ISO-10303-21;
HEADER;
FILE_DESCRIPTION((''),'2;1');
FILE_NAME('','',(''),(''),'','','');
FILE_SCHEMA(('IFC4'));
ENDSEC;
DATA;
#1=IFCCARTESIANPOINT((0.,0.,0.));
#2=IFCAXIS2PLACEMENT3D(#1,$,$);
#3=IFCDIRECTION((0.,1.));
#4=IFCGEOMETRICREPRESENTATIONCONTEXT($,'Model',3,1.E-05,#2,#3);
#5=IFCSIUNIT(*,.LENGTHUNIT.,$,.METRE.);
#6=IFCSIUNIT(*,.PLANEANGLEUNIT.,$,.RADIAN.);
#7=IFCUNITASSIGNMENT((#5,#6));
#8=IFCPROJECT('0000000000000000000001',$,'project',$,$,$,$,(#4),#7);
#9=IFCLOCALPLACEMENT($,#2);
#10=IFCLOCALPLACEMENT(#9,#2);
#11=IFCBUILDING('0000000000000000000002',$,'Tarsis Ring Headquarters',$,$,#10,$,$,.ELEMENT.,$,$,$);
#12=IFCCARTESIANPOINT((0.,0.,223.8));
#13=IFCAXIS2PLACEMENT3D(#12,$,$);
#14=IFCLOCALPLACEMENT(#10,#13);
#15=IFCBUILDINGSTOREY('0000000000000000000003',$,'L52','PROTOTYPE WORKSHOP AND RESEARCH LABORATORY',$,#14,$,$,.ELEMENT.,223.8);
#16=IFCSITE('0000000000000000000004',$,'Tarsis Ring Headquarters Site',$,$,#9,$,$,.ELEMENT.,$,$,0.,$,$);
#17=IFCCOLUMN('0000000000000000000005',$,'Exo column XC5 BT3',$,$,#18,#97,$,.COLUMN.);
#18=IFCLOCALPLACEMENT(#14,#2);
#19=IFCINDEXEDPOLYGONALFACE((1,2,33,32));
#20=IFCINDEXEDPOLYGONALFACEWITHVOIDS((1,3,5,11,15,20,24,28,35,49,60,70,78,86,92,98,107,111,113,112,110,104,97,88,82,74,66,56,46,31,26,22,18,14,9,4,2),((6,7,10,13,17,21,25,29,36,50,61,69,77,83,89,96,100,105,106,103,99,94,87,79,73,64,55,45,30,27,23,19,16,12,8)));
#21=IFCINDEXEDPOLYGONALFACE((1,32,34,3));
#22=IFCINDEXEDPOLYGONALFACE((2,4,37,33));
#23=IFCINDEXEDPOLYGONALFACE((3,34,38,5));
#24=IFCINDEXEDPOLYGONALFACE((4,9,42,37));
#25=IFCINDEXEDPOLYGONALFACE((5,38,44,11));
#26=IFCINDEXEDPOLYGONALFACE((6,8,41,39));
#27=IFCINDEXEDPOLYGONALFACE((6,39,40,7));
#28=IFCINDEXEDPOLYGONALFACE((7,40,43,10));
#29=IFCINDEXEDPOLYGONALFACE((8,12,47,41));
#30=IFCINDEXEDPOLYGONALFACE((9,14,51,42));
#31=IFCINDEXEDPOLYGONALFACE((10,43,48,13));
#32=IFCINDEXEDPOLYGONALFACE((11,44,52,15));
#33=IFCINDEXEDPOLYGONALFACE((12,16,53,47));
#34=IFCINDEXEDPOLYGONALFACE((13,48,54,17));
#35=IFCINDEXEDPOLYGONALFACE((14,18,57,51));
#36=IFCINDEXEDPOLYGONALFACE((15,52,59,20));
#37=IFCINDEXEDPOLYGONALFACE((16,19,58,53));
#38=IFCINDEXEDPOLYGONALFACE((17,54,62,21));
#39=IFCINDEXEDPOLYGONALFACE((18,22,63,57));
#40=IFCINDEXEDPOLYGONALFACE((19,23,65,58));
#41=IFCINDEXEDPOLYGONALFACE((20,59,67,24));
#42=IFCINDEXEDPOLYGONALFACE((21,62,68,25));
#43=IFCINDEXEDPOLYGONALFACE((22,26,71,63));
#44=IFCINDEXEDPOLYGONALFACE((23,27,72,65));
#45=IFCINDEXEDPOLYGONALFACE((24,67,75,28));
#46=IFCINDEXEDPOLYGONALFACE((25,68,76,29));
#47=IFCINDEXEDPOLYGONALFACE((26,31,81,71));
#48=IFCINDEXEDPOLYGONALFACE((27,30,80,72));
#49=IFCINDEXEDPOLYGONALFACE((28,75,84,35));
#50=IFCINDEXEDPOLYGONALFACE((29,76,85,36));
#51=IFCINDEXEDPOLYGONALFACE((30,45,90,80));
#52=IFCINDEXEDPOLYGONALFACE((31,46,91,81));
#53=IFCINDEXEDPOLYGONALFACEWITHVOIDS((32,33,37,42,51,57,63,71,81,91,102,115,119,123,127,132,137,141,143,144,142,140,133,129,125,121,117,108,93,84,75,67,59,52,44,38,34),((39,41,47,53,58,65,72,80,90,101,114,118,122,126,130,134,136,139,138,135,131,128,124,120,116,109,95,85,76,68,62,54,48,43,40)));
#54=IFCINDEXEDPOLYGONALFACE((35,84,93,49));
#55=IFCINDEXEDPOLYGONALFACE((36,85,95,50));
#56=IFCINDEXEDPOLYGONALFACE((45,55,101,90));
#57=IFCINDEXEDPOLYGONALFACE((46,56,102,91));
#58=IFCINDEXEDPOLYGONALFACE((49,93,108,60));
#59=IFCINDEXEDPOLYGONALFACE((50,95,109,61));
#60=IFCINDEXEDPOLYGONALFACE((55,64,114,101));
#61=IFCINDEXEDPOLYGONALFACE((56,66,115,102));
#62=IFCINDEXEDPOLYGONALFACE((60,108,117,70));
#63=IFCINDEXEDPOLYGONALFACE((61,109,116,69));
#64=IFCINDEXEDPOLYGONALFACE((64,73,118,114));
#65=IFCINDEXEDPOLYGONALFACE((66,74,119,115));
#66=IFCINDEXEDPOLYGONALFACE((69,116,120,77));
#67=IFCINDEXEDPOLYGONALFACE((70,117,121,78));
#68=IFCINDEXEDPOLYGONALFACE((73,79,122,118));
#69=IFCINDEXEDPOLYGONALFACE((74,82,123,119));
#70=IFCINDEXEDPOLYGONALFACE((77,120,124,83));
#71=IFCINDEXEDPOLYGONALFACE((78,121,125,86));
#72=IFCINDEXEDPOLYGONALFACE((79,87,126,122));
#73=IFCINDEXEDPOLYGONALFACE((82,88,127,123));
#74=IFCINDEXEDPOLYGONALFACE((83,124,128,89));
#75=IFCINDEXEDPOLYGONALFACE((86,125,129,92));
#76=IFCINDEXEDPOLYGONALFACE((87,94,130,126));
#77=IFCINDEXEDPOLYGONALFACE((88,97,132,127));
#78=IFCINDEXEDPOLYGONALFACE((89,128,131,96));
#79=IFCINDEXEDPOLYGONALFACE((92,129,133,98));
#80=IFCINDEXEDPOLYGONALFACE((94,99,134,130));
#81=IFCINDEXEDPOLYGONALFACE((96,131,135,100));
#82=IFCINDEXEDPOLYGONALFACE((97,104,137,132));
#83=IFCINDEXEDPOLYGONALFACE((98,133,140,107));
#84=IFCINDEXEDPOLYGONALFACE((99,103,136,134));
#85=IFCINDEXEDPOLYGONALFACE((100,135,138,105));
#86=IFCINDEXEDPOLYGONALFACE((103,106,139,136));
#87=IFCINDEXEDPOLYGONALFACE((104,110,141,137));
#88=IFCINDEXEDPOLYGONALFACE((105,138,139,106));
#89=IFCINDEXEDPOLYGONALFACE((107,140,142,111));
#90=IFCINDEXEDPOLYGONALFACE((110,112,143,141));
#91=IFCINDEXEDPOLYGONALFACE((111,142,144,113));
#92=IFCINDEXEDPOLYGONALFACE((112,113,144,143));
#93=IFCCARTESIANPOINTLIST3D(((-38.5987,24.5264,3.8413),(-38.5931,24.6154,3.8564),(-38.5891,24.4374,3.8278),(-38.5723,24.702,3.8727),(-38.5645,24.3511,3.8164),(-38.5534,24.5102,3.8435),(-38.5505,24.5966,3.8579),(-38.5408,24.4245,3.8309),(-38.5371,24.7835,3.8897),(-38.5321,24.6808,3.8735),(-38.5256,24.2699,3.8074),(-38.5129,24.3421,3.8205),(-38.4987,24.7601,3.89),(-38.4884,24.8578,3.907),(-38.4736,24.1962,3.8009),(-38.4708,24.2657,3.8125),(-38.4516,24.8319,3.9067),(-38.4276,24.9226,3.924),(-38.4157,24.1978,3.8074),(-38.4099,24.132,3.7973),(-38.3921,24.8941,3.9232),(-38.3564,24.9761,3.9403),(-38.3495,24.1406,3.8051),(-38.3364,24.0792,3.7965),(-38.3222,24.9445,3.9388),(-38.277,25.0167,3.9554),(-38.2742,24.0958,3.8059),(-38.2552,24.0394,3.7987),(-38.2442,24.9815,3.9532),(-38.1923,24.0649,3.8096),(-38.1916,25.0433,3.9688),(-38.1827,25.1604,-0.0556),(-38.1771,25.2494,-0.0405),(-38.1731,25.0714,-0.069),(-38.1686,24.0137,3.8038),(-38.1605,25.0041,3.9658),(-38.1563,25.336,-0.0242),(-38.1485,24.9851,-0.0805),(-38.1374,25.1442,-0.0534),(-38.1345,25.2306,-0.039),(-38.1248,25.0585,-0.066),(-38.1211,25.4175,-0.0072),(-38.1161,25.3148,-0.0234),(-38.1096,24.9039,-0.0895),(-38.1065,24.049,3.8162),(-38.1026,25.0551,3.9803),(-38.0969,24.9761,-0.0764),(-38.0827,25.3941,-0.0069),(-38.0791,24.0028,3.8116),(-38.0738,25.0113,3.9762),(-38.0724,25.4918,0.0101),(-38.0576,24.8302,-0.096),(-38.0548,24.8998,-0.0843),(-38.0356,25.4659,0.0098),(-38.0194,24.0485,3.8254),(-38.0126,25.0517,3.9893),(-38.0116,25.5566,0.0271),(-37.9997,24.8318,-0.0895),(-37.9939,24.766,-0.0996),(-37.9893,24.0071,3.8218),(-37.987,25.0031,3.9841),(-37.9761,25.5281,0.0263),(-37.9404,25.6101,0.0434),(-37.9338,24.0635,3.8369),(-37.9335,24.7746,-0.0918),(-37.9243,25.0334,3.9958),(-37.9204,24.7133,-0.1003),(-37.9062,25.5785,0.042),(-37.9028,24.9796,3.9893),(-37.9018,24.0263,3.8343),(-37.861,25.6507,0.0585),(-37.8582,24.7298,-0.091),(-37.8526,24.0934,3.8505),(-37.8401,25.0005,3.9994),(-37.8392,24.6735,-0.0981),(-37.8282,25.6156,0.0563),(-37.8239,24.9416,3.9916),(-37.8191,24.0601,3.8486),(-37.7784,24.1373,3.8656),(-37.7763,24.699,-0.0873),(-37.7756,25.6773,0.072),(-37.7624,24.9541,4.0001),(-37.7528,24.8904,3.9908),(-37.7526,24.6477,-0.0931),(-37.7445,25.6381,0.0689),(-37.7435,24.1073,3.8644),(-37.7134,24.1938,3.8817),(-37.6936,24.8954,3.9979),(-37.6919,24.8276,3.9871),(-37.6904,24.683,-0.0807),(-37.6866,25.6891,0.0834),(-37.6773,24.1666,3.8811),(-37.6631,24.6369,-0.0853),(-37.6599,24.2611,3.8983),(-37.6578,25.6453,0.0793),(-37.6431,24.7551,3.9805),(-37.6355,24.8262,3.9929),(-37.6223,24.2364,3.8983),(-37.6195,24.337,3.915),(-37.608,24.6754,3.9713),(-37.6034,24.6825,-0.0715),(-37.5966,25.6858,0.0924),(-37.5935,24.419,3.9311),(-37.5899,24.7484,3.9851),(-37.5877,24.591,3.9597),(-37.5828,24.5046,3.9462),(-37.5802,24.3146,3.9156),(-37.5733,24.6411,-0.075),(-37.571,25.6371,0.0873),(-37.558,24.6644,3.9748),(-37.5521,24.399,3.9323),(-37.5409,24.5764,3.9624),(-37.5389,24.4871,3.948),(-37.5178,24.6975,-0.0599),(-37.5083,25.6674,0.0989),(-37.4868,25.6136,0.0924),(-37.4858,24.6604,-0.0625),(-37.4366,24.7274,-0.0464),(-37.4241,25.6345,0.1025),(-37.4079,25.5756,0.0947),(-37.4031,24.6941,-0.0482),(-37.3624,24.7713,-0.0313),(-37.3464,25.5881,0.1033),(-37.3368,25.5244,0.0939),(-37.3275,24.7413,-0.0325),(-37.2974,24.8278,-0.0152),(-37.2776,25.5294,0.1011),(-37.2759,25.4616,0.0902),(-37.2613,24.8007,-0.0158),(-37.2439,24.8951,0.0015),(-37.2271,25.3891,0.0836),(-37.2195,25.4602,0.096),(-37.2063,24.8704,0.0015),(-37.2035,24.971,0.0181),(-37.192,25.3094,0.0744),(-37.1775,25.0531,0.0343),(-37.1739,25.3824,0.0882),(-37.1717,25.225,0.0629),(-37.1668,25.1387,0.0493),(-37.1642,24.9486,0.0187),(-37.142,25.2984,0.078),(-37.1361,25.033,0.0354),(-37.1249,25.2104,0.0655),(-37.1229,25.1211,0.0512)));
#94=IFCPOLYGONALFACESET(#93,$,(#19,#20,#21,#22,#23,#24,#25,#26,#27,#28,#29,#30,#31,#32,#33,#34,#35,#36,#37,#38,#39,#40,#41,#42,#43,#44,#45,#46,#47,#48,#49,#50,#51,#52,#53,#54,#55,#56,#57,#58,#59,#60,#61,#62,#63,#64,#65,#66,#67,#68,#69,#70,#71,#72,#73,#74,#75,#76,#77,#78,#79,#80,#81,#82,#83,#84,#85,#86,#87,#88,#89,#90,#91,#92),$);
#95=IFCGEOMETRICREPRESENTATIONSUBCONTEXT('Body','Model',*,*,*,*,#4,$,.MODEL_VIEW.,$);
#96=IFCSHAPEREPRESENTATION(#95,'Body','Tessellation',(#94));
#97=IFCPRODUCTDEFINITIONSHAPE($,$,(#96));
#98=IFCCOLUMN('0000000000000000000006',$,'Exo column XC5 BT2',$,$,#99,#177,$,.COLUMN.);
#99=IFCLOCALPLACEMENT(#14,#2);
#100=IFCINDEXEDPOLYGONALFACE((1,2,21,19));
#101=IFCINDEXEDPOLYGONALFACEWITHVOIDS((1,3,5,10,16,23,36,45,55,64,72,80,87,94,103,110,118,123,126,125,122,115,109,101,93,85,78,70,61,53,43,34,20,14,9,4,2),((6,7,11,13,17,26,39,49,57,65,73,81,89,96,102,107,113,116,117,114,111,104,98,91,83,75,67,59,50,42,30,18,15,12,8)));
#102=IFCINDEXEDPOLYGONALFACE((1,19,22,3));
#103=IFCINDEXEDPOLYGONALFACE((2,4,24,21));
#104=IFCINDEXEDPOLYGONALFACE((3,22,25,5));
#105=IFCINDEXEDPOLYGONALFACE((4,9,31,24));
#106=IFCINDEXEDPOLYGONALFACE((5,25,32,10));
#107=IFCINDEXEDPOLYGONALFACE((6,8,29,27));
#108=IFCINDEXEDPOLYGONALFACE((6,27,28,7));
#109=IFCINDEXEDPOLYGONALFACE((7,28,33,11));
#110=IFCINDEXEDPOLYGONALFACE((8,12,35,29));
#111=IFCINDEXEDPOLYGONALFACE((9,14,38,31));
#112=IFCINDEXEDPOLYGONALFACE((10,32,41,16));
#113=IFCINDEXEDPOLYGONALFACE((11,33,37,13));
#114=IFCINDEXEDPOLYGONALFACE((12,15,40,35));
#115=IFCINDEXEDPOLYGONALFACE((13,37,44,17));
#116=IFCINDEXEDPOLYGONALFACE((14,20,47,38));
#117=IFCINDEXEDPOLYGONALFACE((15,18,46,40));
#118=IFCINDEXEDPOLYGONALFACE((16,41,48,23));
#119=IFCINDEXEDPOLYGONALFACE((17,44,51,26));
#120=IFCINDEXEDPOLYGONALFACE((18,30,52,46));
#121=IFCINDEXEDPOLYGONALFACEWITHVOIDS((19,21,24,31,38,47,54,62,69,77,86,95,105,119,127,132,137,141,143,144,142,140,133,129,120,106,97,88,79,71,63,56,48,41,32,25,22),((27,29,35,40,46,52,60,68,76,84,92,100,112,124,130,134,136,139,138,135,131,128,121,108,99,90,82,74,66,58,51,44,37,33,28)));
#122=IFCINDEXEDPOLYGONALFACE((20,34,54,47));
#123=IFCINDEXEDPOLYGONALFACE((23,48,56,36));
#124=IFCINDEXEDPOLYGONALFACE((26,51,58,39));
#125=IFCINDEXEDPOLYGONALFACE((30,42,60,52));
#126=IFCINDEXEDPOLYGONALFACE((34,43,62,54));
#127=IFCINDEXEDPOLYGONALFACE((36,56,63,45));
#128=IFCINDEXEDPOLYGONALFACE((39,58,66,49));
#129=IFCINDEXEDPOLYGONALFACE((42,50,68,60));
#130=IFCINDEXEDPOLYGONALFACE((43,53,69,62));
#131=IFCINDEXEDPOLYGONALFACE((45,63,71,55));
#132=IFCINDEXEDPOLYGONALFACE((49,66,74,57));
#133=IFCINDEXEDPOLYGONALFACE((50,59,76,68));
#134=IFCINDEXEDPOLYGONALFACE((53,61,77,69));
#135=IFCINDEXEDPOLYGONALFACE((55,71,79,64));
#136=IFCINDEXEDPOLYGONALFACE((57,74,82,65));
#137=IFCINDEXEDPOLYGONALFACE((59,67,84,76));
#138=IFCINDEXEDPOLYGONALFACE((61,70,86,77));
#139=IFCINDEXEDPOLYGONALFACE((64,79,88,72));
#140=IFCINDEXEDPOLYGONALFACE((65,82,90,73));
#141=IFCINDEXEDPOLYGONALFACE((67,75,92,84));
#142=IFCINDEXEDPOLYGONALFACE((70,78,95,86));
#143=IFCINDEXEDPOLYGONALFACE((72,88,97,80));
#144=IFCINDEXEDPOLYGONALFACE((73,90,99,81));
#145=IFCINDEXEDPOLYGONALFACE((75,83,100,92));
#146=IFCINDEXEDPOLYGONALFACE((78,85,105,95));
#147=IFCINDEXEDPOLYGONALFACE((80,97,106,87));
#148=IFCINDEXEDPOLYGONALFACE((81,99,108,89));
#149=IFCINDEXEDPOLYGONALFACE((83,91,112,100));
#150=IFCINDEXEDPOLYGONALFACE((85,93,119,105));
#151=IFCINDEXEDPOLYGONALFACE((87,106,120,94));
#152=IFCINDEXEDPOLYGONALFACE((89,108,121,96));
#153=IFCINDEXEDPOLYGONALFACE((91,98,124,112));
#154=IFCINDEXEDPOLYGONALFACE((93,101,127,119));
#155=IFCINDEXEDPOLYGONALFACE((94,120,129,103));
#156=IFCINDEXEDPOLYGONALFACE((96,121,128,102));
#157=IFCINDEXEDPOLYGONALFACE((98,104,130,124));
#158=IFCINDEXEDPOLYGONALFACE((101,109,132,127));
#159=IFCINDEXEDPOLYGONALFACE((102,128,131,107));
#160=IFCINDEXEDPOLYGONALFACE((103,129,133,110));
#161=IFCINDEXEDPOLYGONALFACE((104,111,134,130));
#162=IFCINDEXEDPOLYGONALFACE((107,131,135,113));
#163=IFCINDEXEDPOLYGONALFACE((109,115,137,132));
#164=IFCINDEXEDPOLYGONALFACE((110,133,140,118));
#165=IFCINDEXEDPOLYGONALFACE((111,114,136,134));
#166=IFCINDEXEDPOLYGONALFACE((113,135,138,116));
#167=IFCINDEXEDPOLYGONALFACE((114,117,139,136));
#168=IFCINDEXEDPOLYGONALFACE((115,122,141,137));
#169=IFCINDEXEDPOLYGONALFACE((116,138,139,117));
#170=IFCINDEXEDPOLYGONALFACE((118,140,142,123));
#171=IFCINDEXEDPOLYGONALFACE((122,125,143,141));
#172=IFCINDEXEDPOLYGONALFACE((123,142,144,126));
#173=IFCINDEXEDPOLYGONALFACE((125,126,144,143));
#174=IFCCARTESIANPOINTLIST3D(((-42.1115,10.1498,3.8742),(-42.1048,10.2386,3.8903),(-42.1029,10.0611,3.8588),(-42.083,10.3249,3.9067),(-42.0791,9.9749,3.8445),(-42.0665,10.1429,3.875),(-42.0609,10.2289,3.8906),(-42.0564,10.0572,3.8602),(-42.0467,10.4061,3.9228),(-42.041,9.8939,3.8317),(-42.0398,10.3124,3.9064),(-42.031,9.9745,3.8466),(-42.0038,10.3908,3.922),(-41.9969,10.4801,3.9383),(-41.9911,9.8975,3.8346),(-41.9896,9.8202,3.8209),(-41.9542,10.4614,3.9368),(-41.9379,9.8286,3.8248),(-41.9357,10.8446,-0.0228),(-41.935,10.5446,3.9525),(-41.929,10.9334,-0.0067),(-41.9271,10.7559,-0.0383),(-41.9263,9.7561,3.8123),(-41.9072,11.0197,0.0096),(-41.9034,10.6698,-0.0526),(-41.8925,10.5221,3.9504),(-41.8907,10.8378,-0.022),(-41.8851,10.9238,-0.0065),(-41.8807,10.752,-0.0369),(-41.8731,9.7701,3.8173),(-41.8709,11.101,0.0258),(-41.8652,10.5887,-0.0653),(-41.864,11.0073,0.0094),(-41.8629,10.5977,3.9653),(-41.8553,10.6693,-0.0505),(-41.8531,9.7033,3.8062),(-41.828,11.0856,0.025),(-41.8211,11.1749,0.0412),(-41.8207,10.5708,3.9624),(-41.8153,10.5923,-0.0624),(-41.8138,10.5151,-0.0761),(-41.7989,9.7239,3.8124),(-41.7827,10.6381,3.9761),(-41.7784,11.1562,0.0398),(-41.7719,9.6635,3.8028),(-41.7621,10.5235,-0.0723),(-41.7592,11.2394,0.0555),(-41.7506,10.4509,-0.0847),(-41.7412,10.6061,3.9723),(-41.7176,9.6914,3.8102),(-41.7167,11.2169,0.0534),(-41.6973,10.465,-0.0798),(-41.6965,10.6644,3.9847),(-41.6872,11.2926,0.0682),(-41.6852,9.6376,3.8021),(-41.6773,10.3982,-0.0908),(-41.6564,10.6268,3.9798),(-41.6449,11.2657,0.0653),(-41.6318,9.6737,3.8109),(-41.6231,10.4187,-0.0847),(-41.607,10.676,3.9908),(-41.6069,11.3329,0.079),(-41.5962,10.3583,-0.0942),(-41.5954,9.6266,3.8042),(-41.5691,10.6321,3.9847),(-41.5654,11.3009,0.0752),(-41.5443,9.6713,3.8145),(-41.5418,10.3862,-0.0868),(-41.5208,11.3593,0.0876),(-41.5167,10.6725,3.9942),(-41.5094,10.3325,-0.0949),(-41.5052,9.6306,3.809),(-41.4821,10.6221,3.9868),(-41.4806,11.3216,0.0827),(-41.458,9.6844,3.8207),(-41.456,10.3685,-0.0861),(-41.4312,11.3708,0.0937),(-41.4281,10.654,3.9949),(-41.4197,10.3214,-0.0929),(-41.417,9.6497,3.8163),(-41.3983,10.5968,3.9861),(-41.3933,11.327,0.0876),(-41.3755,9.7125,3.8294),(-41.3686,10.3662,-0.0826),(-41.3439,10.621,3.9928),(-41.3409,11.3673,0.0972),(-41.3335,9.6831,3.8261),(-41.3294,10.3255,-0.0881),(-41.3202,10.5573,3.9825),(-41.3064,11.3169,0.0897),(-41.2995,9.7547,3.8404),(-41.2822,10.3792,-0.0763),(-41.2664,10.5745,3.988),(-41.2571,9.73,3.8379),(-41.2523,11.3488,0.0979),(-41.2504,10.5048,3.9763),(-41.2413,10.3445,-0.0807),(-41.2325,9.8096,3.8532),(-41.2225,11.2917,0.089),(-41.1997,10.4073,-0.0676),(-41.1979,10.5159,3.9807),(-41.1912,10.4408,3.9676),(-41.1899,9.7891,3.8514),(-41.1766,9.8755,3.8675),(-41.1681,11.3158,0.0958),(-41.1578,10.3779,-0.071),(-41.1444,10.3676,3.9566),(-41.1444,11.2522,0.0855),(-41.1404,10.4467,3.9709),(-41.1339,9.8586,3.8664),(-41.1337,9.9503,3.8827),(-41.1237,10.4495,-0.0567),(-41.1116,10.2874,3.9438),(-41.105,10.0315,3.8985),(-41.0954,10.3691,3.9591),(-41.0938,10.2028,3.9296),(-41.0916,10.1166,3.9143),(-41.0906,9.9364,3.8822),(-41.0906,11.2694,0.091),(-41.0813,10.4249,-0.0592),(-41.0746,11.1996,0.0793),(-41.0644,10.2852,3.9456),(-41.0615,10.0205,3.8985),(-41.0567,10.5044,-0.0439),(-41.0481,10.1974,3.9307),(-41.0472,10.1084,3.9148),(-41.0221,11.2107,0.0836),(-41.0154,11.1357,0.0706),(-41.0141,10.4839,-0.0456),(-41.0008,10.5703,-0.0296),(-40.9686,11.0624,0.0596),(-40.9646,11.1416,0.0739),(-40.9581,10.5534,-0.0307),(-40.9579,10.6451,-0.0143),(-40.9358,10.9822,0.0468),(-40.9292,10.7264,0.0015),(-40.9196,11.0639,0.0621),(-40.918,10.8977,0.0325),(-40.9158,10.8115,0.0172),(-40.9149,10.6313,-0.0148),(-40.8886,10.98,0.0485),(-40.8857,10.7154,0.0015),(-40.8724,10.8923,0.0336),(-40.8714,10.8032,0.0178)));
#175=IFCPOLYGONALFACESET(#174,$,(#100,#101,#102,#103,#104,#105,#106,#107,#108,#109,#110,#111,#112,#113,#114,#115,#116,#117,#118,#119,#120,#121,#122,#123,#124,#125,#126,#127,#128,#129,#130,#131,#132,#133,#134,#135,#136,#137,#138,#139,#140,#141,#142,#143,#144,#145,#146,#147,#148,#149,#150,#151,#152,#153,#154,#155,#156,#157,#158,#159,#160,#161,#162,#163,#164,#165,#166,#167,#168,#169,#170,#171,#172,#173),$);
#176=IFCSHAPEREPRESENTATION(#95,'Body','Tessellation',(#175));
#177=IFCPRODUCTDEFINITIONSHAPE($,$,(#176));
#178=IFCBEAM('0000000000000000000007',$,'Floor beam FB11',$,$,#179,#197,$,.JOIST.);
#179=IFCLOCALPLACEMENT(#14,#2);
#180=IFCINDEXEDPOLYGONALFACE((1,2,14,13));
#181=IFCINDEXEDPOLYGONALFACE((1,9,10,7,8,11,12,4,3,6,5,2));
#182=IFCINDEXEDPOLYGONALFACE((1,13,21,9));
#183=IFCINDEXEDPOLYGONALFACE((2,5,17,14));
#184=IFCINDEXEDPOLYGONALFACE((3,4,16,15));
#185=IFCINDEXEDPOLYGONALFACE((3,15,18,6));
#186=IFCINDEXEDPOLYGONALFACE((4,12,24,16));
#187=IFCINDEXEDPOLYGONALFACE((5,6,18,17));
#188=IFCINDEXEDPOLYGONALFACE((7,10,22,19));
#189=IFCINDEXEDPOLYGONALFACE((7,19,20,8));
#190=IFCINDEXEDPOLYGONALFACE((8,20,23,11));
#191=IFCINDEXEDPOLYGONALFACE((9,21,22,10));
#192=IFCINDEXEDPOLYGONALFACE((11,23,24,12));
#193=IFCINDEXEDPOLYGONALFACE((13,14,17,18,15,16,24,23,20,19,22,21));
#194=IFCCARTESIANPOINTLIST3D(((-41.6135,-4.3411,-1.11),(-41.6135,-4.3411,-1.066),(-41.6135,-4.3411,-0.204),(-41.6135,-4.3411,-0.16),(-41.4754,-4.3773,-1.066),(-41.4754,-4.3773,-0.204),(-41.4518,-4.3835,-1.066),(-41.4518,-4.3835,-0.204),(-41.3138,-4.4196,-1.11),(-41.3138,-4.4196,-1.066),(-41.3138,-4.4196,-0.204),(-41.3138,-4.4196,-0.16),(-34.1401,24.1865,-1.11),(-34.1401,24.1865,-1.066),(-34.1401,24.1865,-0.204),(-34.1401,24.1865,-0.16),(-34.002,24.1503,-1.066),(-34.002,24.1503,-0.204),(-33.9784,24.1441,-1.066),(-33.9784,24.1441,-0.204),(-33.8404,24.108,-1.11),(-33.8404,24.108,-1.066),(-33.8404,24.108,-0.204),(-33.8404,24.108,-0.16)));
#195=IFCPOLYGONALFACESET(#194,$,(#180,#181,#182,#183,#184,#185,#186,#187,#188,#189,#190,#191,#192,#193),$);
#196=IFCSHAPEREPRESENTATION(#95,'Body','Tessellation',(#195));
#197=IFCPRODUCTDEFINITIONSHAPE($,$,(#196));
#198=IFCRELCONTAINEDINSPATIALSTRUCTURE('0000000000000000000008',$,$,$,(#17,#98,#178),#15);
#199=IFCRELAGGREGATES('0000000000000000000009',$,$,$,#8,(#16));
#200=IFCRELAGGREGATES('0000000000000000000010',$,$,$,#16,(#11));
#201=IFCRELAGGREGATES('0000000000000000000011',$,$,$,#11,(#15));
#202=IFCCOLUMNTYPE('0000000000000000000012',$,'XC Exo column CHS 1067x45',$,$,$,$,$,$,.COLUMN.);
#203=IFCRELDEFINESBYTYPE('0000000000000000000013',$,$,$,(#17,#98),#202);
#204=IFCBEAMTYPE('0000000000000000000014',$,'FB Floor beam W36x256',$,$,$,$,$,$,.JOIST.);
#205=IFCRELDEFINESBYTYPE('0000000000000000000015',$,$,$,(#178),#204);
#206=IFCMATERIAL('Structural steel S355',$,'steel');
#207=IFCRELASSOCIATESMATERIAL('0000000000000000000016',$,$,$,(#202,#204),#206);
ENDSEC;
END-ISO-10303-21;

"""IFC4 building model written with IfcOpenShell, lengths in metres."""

from ifc_helpers import new_model, si_unit, direction, frame, origin, origin_2d, place, context, subcontext, project, spatial, hollow_circle, i_section, extrude, material, material_profile, profile_set, type_object, element, save


model = new_model("IFC4")

# Units and contexts
model_context = context("Model", 3, precision=1e-05, world=origin(), true_north=direction((0.0, 1.0)))
body_context = subcontext(model_context, "Body", "Model", "MODEL_VIEW")
ifc_project = project(units=[si_unit("LENGTHUNIT", "METRE"), si_unit("PLANEANGLEUNIT", "RADIAN")], contexts=[model_context])

# Site, building, storey
site_placement = place(None, origin())
site = spatial("IfcSite", under=ifc_project, at=site_placement, Name="Tarsis Ring Headquarters Site", CompositionType="ELEMENT", RefElevation=0.0)
building_placement = place(site_placement, origin())
building = spatial("IfcBuilding", under=site, at=building_placement, Name="Tarsis Ring Headquarters", CompositionType="ELEMENT")
storey_placement = place(building_placement, frame((0.0, 0.0, 223.8)))
storey = spatial("IfcBuildingStorey", under=building, at=storey_placement, Name="L52", Description="PROTOTYPE WORKSHOP AND RESEARCH LABORATORY", CompositionType="ELEMENT", Elevation=223.8)

# Columns
ifc_material_1 = material(Name="Structural steel S355", Category="steel")
ifc_material_profile_1 = material_profile(ifc_material_1, hollow_circle(Radius=0.5334, WallThickness=0.0449, at=origin_2d()), Name="CHS 1067x45")
ifc_profile_set_1 = profile_set([ifc_material_profile_1], Name="Structural steel S355")
column_type = type_object("IfcColumnType", Name="XC Exo column CHS 1067x45", PredefinedType="COLUMN", material=ifc_profile_set_1)
column_1_placement = place(storey_placement, frame((-37.6523, 25.1631, 0.0015), z_axis=(-0.104788, -0.159703, 0.981588), x_axis=(0.836089, -0.548593, 0.0)))
element("IfcColumn", 1, at=column_1_placement, inside=storey, type_object=column_type, Name="Exo column XC5 BT3", PredefinedType="COLUMN", context=body_context, shape_type="SweptSolid", body=[
    extrude(hollow_circle(Radius=0.5334, WallThickness=0.0449, at=origin_2d()), origin(), (0.0, 0.0, 1.0), 3.97),
])
column_2_placement = place(storey_placement, frame((-41.4028, 10.8462, 0.0015), z_axis=(-0.044363, -0.175357, 0.983505), x_axis=(0.969457, -0.24526, 0.0)))
element("IfcColumn", 2, at=column_2_placement, inside=storey, type_object=column_type, Name="Exo column XC5 BT2", PredefinedType="COLUMN", context=body_context, shape_type="SweptSolid", body=[
    extrude(hollow_circle(Radius=0.5334, WallThickness=0.0449, at=origin_2d()), origin(), (0.0, 0.0, 1.0), 3.9624),
])

# Beam
ifc_material_profile_2 = material_profile(ifc_material_1, i_section(OverallWidth=0.3098, OverallDepth=0.95, WebThickness=0.0244, FlangeThickness=0.0439, at=origin_2d()), Name="W36x256")
ifc_profile_set_2 = profile_set([ifc_material_profile_2], Name="Structural steel S355")
beam_type_1 = type_object("IfcBeamType", Name="FB Floor beam W36x256", PredefinedType="JOIST", material=ifc_profile_set_2)
beam_placement = place(storey_placement, frame((-33.9902, 24.1472, -0.635), z_axis=(-0.253419, -0.967357, 0.0), x_axis=(0.967357, -0.253419, 0.0)))
element("IfcBeam", 3, at=beam_placement, inside=storey, type_object=beam_type_1, Name="Floor beam FB11", PredefinedType="JOIST", context=body_context, shape_type="SweptSolid", body=[
    extrude(i_section(OverallWidth=0.3098, OverallDepth=0.95, WebThickness=0.0244, FlangeThickness=0.0439, at=origin_2d()), origin(), (0.0, 0.0, 1.0), 29.4902),
])

save(model, "model.ifc")
